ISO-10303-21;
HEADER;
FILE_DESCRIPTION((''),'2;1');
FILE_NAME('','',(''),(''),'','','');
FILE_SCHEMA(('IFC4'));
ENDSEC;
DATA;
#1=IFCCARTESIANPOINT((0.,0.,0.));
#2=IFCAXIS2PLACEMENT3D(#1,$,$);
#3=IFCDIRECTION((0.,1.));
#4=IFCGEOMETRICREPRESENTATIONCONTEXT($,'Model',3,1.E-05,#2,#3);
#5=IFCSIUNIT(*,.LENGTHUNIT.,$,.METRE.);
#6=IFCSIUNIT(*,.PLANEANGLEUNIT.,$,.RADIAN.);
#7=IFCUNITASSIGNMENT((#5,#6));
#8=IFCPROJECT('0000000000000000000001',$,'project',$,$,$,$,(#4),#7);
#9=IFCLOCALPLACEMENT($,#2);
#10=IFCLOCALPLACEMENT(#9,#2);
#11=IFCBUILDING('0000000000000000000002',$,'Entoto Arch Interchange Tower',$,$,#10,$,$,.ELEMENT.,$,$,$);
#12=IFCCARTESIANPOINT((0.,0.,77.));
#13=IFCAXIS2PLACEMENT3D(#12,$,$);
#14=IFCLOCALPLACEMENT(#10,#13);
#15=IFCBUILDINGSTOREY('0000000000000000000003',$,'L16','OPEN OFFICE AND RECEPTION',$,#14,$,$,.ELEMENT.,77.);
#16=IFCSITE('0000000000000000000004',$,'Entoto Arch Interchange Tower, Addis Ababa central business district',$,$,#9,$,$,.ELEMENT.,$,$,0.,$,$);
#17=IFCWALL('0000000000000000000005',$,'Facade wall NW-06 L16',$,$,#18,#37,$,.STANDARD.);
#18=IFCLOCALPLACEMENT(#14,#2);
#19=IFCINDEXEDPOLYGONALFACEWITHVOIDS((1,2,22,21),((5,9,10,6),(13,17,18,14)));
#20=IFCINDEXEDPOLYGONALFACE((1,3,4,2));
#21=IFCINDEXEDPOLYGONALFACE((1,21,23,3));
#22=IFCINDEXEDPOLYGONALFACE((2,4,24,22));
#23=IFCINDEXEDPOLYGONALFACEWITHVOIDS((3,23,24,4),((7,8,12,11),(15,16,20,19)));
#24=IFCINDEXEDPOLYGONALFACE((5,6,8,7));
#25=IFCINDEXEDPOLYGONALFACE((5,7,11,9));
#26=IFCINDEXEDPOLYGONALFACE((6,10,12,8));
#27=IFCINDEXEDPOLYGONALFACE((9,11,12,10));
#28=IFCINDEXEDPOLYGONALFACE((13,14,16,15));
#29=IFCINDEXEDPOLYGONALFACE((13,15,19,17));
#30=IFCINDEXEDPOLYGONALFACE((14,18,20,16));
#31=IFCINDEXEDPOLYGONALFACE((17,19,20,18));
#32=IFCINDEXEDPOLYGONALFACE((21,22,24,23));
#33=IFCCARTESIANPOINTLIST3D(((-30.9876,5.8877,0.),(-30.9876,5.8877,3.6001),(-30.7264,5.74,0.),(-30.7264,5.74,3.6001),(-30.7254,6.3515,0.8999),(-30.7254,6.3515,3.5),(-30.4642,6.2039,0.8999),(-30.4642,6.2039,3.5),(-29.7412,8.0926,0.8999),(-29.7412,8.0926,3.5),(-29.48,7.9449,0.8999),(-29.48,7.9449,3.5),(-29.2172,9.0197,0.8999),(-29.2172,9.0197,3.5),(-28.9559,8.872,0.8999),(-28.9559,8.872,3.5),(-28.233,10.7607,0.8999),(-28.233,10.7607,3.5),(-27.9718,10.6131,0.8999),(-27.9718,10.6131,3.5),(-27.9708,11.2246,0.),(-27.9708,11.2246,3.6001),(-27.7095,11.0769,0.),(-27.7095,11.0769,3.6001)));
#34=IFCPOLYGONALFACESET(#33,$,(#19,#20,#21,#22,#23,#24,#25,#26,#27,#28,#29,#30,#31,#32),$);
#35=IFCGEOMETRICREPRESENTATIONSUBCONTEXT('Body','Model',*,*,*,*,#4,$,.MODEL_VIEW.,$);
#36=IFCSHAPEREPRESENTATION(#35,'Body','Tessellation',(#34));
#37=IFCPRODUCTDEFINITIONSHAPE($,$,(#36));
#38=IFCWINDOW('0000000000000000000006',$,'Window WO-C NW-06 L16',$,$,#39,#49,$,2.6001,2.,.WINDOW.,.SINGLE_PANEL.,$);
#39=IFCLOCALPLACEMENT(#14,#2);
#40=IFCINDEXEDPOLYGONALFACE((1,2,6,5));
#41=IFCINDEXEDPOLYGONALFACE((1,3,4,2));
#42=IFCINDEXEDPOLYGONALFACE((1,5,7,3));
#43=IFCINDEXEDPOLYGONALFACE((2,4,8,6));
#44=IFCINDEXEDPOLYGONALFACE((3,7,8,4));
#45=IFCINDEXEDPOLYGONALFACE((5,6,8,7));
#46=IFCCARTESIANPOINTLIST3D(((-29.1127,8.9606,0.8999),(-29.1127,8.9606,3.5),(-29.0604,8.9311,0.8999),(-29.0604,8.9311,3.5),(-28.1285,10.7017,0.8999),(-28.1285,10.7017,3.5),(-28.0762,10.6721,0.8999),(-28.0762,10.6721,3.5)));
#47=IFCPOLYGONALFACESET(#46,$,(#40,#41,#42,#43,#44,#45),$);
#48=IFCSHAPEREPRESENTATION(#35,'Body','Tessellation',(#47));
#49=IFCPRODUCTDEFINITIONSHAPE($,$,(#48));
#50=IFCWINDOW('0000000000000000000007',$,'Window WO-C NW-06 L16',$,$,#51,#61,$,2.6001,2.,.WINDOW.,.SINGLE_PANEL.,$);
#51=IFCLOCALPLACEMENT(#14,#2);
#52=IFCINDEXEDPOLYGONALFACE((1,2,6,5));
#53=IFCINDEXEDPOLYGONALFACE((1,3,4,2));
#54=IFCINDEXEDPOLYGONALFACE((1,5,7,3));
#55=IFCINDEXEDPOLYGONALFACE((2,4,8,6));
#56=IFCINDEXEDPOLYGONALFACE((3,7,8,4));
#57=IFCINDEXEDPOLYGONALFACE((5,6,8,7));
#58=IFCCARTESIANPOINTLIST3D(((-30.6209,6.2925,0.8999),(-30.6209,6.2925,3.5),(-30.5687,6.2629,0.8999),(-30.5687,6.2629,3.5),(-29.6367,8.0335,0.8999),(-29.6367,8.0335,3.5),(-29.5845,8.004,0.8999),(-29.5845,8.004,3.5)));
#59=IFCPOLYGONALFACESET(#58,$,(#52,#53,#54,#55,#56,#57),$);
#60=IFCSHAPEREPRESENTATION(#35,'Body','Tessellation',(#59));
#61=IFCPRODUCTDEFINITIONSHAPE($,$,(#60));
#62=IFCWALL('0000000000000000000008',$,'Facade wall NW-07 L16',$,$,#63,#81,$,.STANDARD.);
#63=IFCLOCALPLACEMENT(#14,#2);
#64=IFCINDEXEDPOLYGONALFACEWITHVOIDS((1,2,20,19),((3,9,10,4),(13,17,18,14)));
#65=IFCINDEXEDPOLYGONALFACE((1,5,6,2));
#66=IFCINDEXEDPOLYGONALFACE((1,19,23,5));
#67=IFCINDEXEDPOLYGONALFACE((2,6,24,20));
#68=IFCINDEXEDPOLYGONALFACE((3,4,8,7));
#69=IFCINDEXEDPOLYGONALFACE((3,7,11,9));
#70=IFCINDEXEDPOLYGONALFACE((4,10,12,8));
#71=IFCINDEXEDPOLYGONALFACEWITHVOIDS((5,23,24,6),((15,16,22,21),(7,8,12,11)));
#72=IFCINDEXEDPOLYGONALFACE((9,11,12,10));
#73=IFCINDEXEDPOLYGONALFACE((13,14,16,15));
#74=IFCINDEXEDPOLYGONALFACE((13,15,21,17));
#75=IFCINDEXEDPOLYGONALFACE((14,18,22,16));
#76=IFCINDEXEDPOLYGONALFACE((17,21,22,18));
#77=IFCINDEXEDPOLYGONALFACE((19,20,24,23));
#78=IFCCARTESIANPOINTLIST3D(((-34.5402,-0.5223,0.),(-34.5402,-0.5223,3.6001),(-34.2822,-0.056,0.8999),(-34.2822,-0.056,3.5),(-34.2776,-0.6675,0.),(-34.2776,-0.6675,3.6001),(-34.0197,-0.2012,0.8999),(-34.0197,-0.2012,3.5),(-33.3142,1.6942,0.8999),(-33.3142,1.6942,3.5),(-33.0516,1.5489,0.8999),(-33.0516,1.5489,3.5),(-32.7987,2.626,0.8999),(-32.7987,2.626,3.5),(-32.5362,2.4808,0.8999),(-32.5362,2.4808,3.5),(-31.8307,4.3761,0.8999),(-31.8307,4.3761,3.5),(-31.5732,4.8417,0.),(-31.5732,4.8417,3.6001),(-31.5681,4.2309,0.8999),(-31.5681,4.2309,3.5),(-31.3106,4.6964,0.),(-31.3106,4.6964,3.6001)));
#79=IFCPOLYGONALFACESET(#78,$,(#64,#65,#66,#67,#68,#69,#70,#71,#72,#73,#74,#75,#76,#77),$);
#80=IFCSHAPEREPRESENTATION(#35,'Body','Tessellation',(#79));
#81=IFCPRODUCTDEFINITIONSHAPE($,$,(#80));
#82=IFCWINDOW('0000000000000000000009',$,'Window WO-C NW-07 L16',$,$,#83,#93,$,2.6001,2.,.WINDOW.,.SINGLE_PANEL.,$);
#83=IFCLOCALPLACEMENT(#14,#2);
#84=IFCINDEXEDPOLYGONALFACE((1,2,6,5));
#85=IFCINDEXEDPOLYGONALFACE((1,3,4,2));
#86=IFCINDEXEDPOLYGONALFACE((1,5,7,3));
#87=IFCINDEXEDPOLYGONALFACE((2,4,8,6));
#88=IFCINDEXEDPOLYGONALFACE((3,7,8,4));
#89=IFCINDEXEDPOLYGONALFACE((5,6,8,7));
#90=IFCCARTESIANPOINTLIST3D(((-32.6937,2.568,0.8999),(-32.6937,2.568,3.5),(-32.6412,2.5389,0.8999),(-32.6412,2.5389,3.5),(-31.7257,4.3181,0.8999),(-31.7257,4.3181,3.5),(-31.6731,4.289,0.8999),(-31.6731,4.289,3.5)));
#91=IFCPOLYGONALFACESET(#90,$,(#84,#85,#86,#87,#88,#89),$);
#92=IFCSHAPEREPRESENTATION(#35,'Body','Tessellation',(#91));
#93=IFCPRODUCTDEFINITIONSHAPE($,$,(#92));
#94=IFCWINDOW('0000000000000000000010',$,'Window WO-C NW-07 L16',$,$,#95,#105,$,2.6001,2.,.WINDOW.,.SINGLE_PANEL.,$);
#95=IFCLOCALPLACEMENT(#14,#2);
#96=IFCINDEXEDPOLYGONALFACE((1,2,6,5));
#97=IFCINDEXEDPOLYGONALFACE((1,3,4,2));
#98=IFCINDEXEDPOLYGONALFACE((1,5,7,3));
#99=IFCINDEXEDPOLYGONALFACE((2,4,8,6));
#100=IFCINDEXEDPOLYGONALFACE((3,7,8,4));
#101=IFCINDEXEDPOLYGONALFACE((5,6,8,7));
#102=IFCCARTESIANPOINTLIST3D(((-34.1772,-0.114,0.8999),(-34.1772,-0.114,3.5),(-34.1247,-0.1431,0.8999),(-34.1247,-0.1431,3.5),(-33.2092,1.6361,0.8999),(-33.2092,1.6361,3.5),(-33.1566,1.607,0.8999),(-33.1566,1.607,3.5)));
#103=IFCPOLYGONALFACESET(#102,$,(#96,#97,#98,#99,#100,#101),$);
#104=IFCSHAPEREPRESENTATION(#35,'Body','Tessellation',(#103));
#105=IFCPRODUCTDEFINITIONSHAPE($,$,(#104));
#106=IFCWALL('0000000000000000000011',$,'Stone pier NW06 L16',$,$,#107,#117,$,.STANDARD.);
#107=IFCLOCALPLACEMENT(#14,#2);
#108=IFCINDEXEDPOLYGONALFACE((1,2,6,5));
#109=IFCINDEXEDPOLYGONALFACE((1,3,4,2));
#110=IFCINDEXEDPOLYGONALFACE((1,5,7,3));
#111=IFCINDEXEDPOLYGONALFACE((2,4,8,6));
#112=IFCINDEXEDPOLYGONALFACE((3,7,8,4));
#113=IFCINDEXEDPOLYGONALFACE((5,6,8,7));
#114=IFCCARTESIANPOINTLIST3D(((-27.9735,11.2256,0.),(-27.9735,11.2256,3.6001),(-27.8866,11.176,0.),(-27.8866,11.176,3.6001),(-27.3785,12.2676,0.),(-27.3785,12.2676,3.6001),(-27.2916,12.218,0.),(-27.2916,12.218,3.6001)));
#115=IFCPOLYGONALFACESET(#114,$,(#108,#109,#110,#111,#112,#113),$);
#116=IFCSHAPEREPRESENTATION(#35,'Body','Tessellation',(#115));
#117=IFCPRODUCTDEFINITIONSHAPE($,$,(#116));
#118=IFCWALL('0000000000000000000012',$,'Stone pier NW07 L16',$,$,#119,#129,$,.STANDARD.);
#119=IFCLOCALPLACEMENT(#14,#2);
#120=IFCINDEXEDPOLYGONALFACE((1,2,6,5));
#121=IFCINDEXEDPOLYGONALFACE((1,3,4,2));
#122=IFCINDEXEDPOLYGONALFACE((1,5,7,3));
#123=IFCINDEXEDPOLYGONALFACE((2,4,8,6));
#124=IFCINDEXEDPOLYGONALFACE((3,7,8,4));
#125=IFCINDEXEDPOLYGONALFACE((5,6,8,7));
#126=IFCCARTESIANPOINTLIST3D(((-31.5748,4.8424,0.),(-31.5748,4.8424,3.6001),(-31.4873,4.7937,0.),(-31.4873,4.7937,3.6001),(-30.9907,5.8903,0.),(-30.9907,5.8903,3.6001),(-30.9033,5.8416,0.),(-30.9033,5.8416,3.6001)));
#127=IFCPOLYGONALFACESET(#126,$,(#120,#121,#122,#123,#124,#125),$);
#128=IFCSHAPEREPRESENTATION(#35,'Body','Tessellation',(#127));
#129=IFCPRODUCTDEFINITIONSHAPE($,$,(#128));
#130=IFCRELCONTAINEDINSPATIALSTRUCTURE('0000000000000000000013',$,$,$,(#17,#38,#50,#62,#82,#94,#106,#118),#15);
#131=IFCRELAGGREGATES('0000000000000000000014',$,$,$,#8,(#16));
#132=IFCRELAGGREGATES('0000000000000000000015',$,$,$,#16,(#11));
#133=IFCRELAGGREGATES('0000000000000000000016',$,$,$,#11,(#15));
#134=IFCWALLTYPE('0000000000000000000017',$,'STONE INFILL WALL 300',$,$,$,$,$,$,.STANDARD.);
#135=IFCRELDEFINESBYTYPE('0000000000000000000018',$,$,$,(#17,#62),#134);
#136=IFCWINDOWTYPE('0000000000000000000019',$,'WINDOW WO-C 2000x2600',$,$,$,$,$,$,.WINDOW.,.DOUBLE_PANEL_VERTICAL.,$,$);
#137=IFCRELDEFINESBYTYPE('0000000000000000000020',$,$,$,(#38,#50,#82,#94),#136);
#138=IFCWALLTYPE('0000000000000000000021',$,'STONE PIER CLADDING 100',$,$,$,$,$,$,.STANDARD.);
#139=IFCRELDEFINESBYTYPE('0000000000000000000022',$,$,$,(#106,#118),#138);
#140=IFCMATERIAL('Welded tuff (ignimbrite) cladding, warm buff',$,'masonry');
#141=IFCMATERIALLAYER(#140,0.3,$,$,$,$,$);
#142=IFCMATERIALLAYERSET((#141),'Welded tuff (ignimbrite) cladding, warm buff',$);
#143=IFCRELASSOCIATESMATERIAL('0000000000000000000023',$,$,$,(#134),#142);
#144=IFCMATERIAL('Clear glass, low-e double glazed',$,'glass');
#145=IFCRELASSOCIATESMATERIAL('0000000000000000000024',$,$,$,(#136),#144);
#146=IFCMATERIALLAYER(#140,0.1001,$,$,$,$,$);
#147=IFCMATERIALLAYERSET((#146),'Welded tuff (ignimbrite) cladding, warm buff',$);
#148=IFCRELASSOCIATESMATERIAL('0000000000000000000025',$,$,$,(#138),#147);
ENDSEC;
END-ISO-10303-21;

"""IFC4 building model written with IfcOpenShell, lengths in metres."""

from ifc_helpers import new_model, si_unit, direction, frame, frame_2d, origin, place, context, subcontext, project, spatial, rectangle, extrude, material, layer, layer_set, type_object, element, fill, save


model = new_model("IFC4")

# Units and contexts
model_context = context("Model", 3, precision=1e-05, world=origin(), true_north=direction((0.0, 1.0)))
body_context = subcontext(model_context, "Body", "Model", "MODEL_VIEW")
ifc_project = project(units=[si_unit("LENGTHUNIT", "METRE"), si_unit("PLANEANGLEUNIT", "RADIAN")], contexts=[model_context])

# Site, building, storey
site_placement = place(None, origin())
site = spatial("IfcSite", under=ifc_project, at=site_placement, Name="Entoto Arch Interchange Tower, Addis Ababa central business district", CompositionType="ELEMENT", RefElevation=0.0)
building_placement = place(site_placement, origin())
building = spatial("IfcBuilding", under=site, at=building_placement, Name="Entoto Arch Interchange Tower", CompositionType="ELEMENT")
storey_placement = place(building_placement, frame((0.0, 0.0, 77.0)))
storey = spatial("IfcBuildingStorey", under=building, at=storey_placement, Name="L16", Description="OPEN OFFICE AND RECEPTION", CompositionType="ELEMENT", Elevation=77.0)

# Walls, openings, windows
ifc_material_1 = material(Name="Welded tuff (ignimbrite) cladding, warm buff", Category="masonry")
ifc_layer_1 = layer(ifc_material_1, 0.3)
ifc_layer_set_1 = layer_set([ifc_layer_1], Name="Welded tuff (ignimbrite) cladding, warm buff")
wall_type_1 = type_object("IfcWallType", Name="STONE INFILL WALL 300", PredefinedType="STANDARD", material=ifc_layer_set_1)
wall_1_placement = place(storey_placement, frame((-27.8401, 11.1509, 0.0), z_axis=(0.0, 0.0, 1.0), x_axis=(-0.492098, -0.87054, 0.0)))
wall_1 = element("IfcWall", 1, at=wall_1_placement, inside=storey, type_object=wall_type_1, Name="Facade wall NW-06 L16", PredefinedType="STANDARD", context=body_context, shape_type="SweptSolid", body=[
    extrude(rectangle(XDim=6.1306, YDim=0.3, at=frame_2d((3.0654, 0.0))), origin(), (0.0, 0.0, 1.0), 3.6001),
])
opening_1_placement = place(wall_1_placement, frame((0.533, 0.0, 0.8999)))
opening_1 = element("IfcOpeningElement", 2, at=opening_1_placement, cuts=wall_1, PredefinedType="OPENING", context=body_context, shape_type="SweptSolid", body=[
    extrude(rectangle(XDim=2.0, YDim=2.6001, at=frame_2d((1.0, 1.3))), frame((0.0, 0.1602, 0.0), z_axis=(0.0, -1.0, 0.0), x_axis=(1.0, 0.0, 0.0)), (0.0, 0.0, 1.0), 0.3201),
])
opening_2_placement = place(wall_1_placement, frame((3.5979, 0.0, 0.8999)))
opening_2 = element("IfcOpeningElement", 3, at=opening_2_placement, cuts=wall_1, PredefinedType="OPENING", context=body_context, shape_type="SweptSolid", body=[
    extrude(rectangle(XDim=2.0, YDim=2.6001, at=frame_2d((1.0, 1.3))), frame((0.0, 0.1602, 0.0), z_axis=(0.0, -1.0, 0.0), x_axis=(1.0, 0.0, 0.0)), (0.0, 0.0, 1.0), 0.3201),
])
ifc_material_2 = material(Name="Clear glass, low-e double glazed", Category="glass")
window_type = type_object("IfcWindowType", Name="WINDOW WO-C 2000x2600", PartitioningType="DOUBLE_PANEL_VERTICAL", PredefinedType="WINDOW", material=ifc_material_2)
window_1_placement = place(opening_1_placement, origin())
window_1 = element("IfcWindow", 4, at=window_1_placement, inside=storey, type_object=window_type, Name="Window WO-C NW-06 L16", OverallHeight=2.6001, OverallWidth=2.0, PartitioningType="SINGLE_PANEL", PredefinedType="WINDOW", context=body_context, shape_type="SweptSolid", body=[
    extrude(rectangle(XDim=2.0, YDim=2.6001, at=frame_2d((1.0, 1.3))), frame((0.0, 0.03, 0.0), z_axis=(0.0, -1.0, 0.0), x_axis=(1.0, 0.0, 0.0)), (0.0, 0.0, 1.0), 0.0601),
])
fill(opening_1, window_1)
window_2_placement = place(opening_2_placement, origin())
window_2 = element("IfcWindow", 5, at=window_2_placement, inside=storey, type_object=window_type, Name="Window WO-C NW-06 L16", OverallHeight=2.6001, OverallWidth=2.0, PartitioningType="SINGLE_PANEL", PredefinedType="WINDOW", context=body_context, shape_type="SweptSolid", body=[
    extrude(rectangle(XDim=2.0, YDim=2.6001, at=frame_2d((1.0, 1.3))), frame((0.0, 0.03, 0.0), z_axis=(0.0, -1.0, 0.0), x_axis=(1.0, 0.0, 0.0)), (0.0, 0.0, 1.0), 0.0601),
])
fill(opening_2, window_2)
wall_2_placement = place(storey_placement, frame((-31.4419, 4.769, 0.0), z_axis=(0.0, 0.0, 1.0), x_axis=(-0.484026, -0.875054, 0.0)))
wall_2 = element("IfcWall", 6, at=wall_2_placement, inside=storey, type_object=wall_type_1, Name="Facade wall NW-07 L16", PredefinedType="STANDARD", context=body_context, shape_type="SweptSolid", body=[
    extrude(rectangle(XDim=6.1299, YDim=0.3, at=frame_2d((3.0649, 0.0))), origin(), (0.0, 0.0, 1.0), 3.6001),
])
opening_3_placement = place(wall_2_placement, frame((0.532, 0.0, 0.8999)))
opening_3 = element("IfcOpeningElement", 7, at=opening_3_placement, cuts=wall_2, PredefinedType="OPENING", context=body_context, shape_type="SweptSolid", body=[
    extrude(rectangle(XDim=2.0, YDim=2.6001, at=frame_2d((1.0, 1.3))), frame((0.0, 0.1602, 0.0), z_axis=(0.0, -1.0, 0.0), x_axis=(1.0, 0.0, 0.0)), (0.0, 0.0, 1.0), 0.3201),
])
opening_4_placement = place(wall_2_placement, frame((3.5969, 0.0, 0.8999)))
opening_4 = element("IfcOpeningElement", 8, at=opening_4_placement, cuts=wall_2, PredefinedType="OPENING", context=body_context, shape_type="SweptSolid", body=[
    extrude(rectangle(XDim=2.0, YDim=2.6001, at=frame_2d((1.0, 1.3))), frame((0.0, 0.1602, 0.0), z_axis=(0.0, -1.0, 0.0), x_axis=(1.0, 0.0, 0.0)), (0.0, 0.0, 1.0), 0.3201),
])
window_3_placement = place(opening_3_placement, origin())
window_3 = element("IfcWindow", 9, at=window_3_placement, inside=storey, type_object=window_type, Name="Window WO-C NW-07 L16", OverallHeight=2.6001, OverallWidth=2.0, PartitioningType="SINGLE_PANEL", PredefinedType="WINDOW", context=body_context, shape_type="SweptSolid", body=[
    extrude(rectangle(XDim=2.0, YDim=2.6001, at=frame_2d((1.0, 1.3))), frame((0.0, 0.03, 0.0), z_axis=(0.0, -1.0, 0.0), x_axis=(1.0, 0.0, 0.0)), (0.0, 0.0, 1.0), 0.0601),
])
fill(opening_3, window_3)
window_4_placement = place(opening_4_placement, origin())
window_4 = element("IfcWindow", 10, at=window_4_placement, inside=storey, type_object=window_type, Name="Window WO-C NW-07 L16", OverallHeight=2.6001, OverallWidth=2.0, PartitioningType="SINGLE_PANEL", PredefinedType="WINDOW", context=body_context, shape_type="SweptSolid", body=[
    extrude(rectangle(XDim=2.0, YDim=2.6001, at=frame_2d((1.0, 1.3))), frame((0.0, 0.03, 0.0), z_axis=(0.0, -1.0, 0.0), x_axis=(1.0, 0.0, 0.0)), (0.0, 0.0, 1.0), 0.0601),
])
fill(opening_4, window_4)

# Walls
ifc_layer_2 = layer(ifc_material_1, 0.1001)
ifc_layer_set_2 = layer_set([ifc_layer_2], Name="Welded tuff (ignimbrite) cladding, warm buff")
wall_type_2 = type_object("IfcWallType", Name="STONE PIER CLADDING 100", PredefinedType="STANDARD", material=ifc_layer_set_2)
wall_3_placement = place(storey_placement, frame((-27.335, 12.2429, 0.0), z_axis=(0.0, 0.0, 1.0), x_axis=(-0.495854, -0.868406, 0.0)))
element("IfcWall", 11, at=wall_3_placement, inside=storey, type_object=wall_type_2, Name="Stone pier NW06 L16", PredefinedType="STANDARD", context=body_context, shape_type="SweptSolid", body=[
    extrude(rectangle(XDim=1.2, YDim=0.1001, at=frame_2d((0.6001, 0.0))), origin(), (0.0, 0.0, 1.0), 3.6001),
])
wall_4_placement = place(storey_placement, frame((-30.947, 5.866, 0.0), z_axis=(0.0, 0.0, 1.0), x_axis=(-0.486818, -0.873504, 0.0)))
element("IfcWall", 12, at=wall_4_placement, inside=storey, type_object=wall_type_2, Name="Stone pier NW07 L16", PredefinedType="STANDARD", context=body_context, shape_type="SweptSolid", body=[
    extrude(rectangle(XDim=1.1997, YDim=0.1001, at=frame_2d((0.5999, 0.0))), origin(), (0.0, 0.0, 1.0), 3.6001),
])

save(model, "model.ifc")
